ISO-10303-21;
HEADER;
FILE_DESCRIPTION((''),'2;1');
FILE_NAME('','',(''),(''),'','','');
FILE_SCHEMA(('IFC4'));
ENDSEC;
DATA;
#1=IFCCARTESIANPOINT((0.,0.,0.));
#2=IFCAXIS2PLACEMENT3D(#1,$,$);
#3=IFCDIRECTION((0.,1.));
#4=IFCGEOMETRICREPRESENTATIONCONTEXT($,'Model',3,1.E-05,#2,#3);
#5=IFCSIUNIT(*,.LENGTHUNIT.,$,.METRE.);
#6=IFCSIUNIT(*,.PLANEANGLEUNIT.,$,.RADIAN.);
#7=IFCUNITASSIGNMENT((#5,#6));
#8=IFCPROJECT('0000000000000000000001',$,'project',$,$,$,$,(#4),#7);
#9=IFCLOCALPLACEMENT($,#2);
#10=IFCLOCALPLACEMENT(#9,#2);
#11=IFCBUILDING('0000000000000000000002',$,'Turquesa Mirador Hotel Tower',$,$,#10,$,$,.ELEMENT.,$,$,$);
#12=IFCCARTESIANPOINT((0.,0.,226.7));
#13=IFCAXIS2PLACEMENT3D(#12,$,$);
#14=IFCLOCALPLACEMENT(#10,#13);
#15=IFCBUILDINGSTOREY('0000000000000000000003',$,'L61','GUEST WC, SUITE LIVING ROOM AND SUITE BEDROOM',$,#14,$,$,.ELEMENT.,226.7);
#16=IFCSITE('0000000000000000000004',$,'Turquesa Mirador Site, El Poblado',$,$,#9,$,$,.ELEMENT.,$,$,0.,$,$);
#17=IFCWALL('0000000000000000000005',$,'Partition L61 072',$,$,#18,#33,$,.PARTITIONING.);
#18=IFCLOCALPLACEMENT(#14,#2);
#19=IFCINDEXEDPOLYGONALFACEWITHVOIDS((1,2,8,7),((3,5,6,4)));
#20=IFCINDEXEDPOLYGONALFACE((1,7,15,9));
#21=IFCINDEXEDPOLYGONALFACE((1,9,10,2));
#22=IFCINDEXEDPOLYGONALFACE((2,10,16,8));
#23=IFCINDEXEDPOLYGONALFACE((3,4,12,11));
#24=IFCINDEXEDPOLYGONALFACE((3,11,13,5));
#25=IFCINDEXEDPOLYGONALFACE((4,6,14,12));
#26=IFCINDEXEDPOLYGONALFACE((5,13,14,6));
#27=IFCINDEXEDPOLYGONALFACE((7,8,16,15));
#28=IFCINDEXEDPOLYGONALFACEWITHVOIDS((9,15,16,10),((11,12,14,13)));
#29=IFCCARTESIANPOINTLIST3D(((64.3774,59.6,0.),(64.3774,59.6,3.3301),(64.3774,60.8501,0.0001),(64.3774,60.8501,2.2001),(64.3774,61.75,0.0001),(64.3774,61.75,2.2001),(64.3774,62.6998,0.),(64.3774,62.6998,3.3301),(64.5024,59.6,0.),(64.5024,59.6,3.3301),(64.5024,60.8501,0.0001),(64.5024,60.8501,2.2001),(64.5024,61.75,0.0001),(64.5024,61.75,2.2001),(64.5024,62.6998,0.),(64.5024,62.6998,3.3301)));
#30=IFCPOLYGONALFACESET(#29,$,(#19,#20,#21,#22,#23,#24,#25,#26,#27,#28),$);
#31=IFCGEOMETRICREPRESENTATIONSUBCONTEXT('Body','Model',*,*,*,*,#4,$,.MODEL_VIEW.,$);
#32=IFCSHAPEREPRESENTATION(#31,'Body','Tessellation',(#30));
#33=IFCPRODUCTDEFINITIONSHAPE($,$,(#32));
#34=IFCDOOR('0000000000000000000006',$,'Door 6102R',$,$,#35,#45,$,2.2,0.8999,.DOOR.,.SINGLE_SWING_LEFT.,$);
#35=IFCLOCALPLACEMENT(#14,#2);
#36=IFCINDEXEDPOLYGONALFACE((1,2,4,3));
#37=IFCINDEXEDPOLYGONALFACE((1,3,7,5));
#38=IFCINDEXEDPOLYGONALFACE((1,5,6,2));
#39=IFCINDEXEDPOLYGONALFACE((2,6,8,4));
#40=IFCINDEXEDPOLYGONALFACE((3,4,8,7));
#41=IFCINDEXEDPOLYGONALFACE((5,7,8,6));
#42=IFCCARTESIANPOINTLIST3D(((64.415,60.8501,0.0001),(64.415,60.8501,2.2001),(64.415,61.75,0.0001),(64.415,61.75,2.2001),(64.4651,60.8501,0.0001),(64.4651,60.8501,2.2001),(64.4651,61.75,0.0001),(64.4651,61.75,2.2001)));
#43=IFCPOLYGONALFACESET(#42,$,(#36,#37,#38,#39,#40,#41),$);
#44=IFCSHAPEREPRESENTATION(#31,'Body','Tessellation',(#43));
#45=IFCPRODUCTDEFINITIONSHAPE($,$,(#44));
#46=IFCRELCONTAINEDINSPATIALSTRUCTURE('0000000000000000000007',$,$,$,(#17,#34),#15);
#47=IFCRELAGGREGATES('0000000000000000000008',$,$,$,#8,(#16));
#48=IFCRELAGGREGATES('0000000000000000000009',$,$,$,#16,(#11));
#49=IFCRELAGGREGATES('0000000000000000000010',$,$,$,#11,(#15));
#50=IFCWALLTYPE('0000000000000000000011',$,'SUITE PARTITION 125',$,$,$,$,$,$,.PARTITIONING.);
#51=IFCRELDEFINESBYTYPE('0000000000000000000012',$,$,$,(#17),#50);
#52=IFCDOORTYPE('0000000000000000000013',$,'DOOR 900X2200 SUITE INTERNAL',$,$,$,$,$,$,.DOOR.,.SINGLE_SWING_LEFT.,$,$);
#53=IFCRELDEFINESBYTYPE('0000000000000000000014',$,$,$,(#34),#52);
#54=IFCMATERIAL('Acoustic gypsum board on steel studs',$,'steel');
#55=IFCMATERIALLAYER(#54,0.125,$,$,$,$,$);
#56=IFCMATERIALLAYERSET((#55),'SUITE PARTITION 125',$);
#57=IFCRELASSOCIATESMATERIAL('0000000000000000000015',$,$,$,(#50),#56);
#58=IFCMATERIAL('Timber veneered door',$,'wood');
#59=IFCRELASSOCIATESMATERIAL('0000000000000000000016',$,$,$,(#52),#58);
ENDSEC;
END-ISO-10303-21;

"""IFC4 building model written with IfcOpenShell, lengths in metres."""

from ifc_helpers import new_model, si_unit, direction, frame, frame_2d, origin, place, context, subcontext, project, spatial, rectangle, extrude, material, layer, layer_set, type_object, element, fill, save


model = new_model("IFC4")

# Units and contexts
model_context = context("Model", 3, precision=1e-05, world=origin(), true_north=direction((0.0, 1.0)))
body_context = subcontext(model_context, "Body", "Model", "MODEL_VIEW")
ifc_project = project(units=[si_unit("LENGTHUNIT", "METRE"), si_unit("PLANEANGLEUNIT", "RADIAN")], contexts=[model_context])

# Site, building, storey
site_placement = place(None, origin())
site = spatial("IfcSite", under=ifc_project, at=site_placement, Name="Turquesa Mirador Site, El Poblado", CompositionType="ELEMENT", RefElevation=0.0)
building_placement = place(site_placement, origin())
building = spatial("IfcBuilding", under=site, at=building_placement, Name="Turquesa Mirador Hotel Tower", CompositionType="ELEMENT")
storey_placement = place(building_placement, frame((0.0, 0.0, 226.7)))
storey = spatial("IfcBuildingStorey", under=building, at=storey_placement, Name="L61", Description="GUEST WC, SUITE LIVING ROOM AND SUITE BEDROOM", CompositionType="ELEMENT", Elevation=226.7)

# Wall, opening, door
ifc_material_1 = material(Name="Acoustic gypsum board on steel studs", Category="steel")
ifc_layer_1 = layer(ifc_material_1, 0.125)
ifc_layer_set_1 = layer_set([ifc_layer_1], Name="SUITE PARTITION 125")
wall_type_1 = type_object("IfcWallType", Name="SUITE PARTITION 125", PredefinedType="PARTITIONING", material=ifc_layer_set_1)
ifc_material_2 = material(Name="Timber veneered door", Category="wood")
door_type_1 = type_object("IfcDoorType", Name="DOOR 900X2200 SUITE INTERNAL", OperationType="SINGLE_SWING_LEFT", PredefinedType="DOOR", material=ifc_material_2)
wall_1_placement = place(storey_placement, frame((64.4399, 59.6001, 0.0), z_axis=(0.0, 0.0, 1.0), x_axis=(0.0, 1.0, 0.0)))
wall_1 = element("IfcWall", 1, at=wall_1_placement, inside=storey, type_object=wall_type_1, Name="Partition L61 072", PredefinedType="PARTITIONING", context=body_context, shape_type="SweptSolid", body=[
    extrude(rectangle(XDim=3.0999, YDim=0.125, at=frame_2d((1.5498, 0.0))), origin(), (0.0, 0.0, 1.0), 3.3301),
])
opening_1_placement = place(wall_1_placement, frame((1.25, 0.0, 0.0)))
opening_1 = element("IfcOpeningElement", 2, at=opening_1_placement, cuts=wall_1, PredefinedType="OPENING", context=body_context, shape_type="SweptSolid", body=[
    extrude(rectangle(XDim=0.8999, YDim=2.2, at=frame_2d((0.45, 1.1001))), frame((0.0, 0.0725, 0.0), z_axis=(0.0, -1.0, 0.0), x_axis=(1.0, 0.0, 0.0)), (0.0, 0.0, 1.0), 0.145),
])
door_1_placement = place(opening_1_placement, origin())
door_1 = element("IfcDoor", 3, at=door_1_placement, inside=storey, type_object=door_type_1, Name="Door 6102R", OperationType="SINGLE_SWING_LEFT", OverallHeight=2.2, OverallWidth=0.8999, PredefinedType="DOOR", context=body_context, shape_type="SweptSolid", body=[
    extrude(rectangle(XDim=0.8999, YDim=2.2, at=frame_2d((0.45, 1.1001))), frame((0.0, 0.0249, 0.0), z_axis=(0.0, -1.0, 0.0), x_axis=(1.0, 0.0, 0.0)), (0.0, 0.0, 1.0), 0.05),
])
fill(opening_1, door_1)

save(model, "model.ifc")
